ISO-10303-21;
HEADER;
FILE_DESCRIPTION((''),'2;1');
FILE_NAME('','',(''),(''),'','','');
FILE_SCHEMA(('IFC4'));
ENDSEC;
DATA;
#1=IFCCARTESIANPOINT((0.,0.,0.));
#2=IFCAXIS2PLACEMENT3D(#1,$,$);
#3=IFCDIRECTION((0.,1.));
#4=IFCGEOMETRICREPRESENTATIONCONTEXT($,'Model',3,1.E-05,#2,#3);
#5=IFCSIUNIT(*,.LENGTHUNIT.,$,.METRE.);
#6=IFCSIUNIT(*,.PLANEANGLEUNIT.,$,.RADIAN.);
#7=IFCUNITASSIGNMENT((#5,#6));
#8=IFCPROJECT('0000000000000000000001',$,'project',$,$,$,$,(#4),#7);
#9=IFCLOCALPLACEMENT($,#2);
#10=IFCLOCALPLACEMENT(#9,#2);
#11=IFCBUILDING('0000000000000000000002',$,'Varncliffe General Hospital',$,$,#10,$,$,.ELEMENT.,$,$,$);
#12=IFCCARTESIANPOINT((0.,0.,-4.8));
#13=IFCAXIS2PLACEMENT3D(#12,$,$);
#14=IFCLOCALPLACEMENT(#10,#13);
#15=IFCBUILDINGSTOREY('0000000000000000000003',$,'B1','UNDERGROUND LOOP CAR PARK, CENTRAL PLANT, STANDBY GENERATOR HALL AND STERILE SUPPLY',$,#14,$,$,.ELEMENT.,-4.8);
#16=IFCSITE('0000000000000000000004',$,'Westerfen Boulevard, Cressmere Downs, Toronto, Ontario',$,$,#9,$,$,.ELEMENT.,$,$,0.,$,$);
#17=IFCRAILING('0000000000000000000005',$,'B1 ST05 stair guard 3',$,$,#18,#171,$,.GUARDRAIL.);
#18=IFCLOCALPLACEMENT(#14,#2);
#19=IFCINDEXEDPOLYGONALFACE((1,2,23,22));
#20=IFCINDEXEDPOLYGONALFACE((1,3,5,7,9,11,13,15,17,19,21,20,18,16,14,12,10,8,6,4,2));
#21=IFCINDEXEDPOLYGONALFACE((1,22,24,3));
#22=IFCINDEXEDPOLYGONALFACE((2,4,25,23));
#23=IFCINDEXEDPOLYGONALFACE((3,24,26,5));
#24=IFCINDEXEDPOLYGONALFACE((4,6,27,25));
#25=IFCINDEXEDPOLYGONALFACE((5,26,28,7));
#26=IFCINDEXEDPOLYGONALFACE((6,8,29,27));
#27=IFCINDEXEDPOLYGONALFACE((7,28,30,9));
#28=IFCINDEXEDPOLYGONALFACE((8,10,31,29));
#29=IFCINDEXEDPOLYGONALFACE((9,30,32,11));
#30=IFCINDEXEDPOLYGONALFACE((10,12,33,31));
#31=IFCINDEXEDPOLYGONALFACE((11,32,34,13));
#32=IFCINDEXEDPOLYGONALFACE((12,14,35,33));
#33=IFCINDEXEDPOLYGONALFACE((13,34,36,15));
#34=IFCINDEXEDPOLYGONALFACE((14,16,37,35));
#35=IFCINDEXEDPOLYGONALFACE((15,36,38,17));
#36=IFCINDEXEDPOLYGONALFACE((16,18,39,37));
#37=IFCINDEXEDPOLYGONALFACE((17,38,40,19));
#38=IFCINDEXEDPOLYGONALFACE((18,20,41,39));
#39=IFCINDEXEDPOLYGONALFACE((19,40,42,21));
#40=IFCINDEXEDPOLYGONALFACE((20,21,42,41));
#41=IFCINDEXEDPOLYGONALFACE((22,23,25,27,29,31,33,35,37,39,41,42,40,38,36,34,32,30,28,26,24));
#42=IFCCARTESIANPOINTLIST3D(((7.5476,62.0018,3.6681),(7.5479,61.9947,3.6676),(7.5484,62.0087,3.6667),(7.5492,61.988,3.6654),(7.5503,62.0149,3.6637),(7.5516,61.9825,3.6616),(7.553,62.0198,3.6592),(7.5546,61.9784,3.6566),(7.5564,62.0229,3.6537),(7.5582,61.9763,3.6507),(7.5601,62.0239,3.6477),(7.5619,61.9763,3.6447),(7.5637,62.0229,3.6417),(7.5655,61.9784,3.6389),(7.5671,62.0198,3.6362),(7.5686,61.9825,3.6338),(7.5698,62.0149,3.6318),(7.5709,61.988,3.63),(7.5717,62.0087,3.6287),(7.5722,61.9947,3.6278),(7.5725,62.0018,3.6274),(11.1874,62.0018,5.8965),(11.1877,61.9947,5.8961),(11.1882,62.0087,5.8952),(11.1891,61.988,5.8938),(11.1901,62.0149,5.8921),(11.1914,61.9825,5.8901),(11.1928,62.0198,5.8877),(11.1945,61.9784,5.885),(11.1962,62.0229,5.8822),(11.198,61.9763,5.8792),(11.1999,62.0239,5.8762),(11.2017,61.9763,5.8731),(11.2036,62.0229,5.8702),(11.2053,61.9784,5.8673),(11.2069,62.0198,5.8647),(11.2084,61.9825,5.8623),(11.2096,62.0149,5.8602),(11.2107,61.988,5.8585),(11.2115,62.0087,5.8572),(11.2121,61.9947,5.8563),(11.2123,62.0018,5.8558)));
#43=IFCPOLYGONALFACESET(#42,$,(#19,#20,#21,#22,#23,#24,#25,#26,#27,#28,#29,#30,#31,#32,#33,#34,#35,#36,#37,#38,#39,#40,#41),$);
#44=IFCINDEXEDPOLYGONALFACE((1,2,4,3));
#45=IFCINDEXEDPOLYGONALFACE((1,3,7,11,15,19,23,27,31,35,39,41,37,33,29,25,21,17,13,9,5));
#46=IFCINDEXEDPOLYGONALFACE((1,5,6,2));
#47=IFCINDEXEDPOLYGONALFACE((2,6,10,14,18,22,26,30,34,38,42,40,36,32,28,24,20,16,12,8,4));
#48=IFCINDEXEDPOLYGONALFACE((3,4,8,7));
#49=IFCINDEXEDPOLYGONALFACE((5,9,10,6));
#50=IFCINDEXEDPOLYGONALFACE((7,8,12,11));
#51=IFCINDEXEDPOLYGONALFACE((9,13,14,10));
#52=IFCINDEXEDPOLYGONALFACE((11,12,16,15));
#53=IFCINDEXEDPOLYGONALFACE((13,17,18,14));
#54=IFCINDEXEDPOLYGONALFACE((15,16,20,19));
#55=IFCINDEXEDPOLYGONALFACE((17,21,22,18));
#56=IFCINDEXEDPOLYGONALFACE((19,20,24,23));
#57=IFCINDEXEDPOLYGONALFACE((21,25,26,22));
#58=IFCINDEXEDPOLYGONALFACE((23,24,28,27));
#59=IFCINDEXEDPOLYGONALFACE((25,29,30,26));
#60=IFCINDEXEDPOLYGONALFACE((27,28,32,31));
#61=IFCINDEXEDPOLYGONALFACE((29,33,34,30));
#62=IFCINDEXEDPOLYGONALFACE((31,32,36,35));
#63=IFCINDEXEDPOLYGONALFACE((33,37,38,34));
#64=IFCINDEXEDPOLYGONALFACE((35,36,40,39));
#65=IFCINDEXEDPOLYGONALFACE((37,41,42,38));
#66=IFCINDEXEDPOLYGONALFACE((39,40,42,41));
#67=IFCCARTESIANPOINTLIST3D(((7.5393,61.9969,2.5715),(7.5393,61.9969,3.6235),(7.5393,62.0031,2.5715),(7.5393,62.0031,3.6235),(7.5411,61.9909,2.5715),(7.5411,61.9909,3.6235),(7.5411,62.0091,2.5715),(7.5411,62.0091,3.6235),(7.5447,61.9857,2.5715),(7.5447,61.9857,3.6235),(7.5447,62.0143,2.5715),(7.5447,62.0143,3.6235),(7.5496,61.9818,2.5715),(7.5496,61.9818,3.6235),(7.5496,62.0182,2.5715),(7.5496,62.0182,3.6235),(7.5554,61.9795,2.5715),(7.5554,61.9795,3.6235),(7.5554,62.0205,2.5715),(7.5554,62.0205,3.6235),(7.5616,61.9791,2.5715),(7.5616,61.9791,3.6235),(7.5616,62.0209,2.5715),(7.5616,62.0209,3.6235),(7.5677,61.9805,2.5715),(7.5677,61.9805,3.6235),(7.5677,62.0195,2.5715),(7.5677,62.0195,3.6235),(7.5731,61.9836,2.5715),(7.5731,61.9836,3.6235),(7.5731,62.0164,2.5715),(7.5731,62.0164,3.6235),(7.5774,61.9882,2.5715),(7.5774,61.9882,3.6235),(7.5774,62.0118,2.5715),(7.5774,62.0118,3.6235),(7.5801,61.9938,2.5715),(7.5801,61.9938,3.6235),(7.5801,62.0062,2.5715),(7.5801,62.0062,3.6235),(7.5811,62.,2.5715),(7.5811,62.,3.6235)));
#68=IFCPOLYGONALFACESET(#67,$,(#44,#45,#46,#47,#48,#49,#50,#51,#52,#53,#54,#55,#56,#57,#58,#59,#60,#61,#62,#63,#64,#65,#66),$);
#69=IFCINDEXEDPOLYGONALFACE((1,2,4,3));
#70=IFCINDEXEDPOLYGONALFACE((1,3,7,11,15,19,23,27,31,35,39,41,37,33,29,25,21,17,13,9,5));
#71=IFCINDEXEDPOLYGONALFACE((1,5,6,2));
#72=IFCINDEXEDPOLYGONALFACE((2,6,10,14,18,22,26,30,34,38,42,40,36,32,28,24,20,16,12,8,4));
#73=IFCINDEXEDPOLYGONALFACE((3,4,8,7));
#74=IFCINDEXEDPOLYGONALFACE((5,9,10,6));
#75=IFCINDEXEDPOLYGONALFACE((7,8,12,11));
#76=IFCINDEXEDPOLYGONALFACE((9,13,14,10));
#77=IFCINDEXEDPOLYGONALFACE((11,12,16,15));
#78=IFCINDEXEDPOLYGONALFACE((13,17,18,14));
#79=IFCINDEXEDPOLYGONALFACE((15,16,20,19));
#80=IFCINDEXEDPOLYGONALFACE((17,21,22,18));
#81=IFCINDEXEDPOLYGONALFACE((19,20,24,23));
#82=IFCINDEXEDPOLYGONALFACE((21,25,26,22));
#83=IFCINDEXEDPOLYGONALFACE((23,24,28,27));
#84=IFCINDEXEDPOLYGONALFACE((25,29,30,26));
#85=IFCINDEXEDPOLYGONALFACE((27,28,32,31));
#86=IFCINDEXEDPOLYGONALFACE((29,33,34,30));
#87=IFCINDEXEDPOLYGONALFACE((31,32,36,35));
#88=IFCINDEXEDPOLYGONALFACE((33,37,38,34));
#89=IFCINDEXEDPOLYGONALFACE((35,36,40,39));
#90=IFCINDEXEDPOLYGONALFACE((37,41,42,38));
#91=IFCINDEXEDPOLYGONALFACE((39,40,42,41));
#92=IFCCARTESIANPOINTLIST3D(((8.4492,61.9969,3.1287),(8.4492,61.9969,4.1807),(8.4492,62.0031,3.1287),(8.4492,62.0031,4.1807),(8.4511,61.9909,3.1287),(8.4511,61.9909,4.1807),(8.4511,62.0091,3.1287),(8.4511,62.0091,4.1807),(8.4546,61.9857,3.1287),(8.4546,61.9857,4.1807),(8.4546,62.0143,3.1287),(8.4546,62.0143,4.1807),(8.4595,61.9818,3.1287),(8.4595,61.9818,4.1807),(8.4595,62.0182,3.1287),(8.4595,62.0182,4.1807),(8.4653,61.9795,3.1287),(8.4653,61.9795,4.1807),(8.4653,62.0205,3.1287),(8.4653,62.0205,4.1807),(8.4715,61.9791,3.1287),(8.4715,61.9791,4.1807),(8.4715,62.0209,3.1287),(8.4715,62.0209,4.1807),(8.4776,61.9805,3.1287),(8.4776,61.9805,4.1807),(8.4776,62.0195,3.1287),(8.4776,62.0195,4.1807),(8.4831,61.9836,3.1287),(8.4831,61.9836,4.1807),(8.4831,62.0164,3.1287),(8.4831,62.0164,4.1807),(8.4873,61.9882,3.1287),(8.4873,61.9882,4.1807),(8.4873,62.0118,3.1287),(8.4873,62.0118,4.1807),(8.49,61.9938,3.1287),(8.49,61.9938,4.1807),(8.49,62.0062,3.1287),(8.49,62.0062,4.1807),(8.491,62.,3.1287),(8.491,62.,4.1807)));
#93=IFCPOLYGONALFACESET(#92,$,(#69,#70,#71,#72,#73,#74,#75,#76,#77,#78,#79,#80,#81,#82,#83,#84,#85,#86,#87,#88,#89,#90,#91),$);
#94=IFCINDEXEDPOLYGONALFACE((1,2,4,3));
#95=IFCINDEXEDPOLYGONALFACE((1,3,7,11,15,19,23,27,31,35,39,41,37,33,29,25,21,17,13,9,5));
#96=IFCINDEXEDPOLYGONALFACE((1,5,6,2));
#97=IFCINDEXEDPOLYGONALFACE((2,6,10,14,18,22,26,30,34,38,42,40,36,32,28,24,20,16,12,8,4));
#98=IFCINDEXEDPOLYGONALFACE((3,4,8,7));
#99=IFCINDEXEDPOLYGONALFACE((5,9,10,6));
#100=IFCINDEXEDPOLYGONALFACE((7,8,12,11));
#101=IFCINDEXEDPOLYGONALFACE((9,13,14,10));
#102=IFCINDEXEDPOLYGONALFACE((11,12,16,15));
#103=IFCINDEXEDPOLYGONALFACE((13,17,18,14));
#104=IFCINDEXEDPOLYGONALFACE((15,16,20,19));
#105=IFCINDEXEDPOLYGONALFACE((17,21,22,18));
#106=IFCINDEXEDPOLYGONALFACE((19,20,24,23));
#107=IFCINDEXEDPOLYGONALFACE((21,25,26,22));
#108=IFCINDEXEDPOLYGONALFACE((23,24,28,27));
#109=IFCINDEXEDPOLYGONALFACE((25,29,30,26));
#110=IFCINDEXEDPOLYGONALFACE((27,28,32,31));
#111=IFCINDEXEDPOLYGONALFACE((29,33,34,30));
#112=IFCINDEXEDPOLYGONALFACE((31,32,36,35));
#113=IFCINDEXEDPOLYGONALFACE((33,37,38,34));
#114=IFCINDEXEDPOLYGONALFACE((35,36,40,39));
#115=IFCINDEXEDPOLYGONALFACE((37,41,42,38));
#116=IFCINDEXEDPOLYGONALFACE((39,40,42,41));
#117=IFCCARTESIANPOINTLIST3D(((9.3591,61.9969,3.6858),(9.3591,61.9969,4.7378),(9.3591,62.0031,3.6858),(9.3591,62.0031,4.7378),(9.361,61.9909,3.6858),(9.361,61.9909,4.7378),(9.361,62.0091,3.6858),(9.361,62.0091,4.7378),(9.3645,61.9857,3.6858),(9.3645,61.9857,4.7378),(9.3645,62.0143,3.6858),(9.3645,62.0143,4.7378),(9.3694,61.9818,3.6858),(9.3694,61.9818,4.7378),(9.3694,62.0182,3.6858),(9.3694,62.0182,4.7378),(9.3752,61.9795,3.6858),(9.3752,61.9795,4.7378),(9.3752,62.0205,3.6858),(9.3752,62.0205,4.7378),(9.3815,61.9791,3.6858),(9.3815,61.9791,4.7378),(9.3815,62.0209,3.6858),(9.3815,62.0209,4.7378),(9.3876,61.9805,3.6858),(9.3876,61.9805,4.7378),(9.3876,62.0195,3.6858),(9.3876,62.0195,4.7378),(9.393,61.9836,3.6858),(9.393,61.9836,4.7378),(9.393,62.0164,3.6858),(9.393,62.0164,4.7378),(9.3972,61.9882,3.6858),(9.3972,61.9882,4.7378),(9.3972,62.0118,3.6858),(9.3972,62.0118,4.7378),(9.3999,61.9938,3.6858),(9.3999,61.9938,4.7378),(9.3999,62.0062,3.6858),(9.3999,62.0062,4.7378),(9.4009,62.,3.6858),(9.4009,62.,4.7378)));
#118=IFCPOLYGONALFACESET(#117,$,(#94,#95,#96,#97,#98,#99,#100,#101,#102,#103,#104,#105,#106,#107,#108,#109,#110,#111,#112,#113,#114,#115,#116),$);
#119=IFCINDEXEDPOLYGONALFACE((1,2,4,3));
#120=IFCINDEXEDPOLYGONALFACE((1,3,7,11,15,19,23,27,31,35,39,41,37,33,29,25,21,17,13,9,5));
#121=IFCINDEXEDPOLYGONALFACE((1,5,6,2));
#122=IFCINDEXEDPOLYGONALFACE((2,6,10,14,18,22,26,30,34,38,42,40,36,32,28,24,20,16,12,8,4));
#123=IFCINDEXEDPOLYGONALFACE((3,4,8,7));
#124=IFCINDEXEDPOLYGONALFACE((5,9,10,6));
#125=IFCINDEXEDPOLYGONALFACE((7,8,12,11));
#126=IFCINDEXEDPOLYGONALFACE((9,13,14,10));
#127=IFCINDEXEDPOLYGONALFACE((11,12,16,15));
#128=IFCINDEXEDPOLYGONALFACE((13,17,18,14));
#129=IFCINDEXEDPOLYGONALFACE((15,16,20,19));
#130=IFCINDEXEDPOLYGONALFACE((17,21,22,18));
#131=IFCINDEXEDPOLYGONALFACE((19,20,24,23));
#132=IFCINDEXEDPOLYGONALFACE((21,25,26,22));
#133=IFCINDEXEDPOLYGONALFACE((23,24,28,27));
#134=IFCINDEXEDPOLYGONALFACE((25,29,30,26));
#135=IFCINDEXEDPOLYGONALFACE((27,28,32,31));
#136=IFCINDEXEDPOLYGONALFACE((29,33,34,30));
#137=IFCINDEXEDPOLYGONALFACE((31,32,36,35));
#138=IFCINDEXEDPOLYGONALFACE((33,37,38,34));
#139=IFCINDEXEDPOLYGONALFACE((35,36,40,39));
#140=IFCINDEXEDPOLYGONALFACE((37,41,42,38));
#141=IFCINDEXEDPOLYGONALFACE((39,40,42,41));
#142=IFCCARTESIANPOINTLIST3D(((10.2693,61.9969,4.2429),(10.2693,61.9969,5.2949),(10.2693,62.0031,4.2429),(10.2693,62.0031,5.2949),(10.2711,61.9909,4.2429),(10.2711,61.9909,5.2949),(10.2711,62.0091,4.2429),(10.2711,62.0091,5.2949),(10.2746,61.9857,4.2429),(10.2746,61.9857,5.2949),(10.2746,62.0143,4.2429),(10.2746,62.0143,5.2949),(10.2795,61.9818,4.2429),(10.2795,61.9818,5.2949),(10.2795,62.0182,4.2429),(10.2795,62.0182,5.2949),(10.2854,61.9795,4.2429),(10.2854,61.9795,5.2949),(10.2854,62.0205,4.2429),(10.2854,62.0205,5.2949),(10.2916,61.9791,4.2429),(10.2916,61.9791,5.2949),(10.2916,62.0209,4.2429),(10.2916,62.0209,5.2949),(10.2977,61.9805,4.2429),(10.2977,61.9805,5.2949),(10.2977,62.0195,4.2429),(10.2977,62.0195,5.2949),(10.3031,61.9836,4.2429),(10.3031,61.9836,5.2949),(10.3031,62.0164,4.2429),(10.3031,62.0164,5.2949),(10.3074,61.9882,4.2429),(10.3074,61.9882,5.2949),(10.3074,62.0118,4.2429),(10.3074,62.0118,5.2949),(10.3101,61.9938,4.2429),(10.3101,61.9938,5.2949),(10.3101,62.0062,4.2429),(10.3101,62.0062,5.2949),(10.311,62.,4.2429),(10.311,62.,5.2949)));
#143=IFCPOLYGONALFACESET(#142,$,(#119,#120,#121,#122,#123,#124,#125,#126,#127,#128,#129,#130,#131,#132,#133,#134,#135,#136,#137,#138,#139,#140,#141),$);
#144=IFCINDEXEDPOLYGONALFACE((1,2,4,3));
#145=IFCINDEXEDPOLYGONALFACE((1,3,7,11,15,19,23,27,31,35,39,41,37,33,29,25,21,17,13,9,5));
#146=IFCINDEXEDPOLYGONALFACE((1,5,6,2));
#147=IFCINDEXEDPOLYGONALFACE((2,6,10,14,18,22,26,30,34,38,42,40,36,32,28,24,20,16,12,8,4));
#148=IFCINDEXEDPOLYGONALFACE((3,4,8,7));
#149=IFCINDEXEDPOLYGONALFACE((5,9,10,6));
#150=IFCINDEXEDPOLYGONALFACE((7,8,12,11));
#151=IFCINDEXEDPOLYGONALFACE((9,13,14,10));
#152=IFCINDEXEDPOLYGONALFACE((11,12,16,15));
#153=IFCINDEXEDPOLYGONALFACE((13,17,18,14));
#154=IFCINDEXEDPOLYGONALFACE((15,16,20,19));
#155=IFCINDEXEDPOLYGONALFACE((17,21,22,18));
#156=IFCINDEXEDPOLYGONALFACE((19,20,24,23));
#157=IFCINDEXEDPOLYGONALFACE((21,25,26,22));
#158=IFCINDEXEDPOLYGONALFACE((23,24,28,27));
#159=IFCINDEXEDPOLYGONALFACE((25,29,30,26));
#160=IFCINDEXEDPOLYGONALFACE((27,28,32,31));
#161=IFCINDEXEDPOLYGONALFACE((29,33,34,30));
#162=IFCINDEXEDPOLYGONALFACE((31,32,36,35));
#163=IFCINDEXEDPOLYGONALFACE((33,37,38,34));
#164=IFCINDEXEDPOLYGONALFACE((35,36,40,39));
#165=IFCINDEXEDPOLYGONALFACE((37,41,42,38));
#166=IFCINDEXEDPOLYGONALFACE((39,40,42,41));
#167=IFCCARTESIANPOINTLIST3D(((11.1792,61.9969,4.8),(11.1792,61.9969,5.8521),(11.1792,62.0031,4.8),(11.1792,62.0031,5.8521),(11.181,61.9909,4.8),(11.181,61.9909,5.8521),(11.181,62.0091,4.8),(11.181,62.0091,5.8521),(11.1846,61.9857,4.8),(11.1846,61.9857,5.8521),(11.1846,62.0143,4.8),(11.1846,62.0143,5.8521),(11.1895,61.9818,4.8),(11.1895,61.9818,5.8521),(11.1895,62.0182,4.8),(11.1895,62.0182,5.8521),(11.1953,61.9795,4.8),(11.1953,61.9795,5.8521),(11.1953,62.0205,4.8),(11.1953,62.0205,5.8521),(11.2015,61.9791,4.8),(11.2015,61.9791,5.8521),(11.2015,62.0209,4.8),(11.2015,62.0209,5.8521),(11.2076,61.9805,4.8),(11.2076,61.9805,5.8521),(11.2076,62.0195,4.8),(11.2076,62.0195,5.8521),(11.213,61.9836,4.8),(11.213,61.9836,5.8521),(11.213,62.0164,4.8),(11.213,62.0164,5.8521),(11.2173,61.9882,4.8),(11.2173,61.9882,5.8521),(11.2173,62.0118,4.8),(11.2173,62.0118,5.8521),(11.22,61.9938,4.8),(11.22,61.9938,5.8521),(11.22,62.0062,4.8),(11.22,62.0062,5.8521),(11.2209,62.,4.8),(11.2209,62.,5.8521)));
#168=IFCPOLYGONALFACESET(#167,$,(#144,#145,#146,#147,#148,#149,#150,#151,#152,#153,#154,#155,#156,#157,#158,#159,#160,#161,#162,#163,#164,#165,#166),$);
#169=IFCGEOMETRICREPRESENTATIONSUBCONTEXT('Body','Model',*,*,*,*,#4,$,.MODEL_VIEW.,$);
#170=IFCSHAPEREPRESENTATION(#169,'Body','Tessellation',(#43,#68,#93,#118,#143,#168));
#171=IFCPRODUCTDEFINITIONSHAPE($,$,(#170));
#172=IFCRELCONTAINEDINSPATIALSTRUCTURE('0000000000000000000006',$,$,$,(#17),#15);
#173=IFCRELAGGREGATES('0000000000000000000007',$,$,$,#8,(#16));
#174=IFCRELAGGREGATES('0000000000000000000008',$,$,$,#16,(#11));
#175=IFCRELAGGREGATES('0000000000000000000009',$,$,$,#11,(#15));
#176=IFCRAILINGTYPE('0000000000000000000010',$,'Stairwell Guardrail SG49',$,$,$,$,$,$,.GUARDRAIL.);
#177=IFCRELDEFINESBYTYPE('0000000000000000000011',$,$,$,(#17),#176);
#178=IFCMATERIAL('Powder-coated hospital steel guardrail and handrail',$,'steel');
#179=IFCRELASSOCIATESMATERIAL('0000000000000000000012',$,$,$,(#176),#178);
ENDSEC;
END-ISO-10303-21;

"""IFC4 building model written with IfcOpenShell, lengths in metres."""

from ifc_helpers import new_model, si_unit, direction, frame, origin, origin_2d, place, context, subcontext, project, spatial, circle, extrude, material, type_object, element, save


model = new_model("IFC4")

# Units and contexts
model_context = context("Model", 3, precision=1e-05, world=origin(), true_north=direction((0.0, 1.0)))
body_context = subcontext(model_context, "Body", "Model", "MODEL_VIEW")
ifc_project = project(units=[si_unit("LENGTHUNIT", "METRE"), si_unit("PLANEANGLEUNIT", "RADIAN")], contexts=[model_context])

# Site, building, storey
site_placement = place(None, origin())
site = spatial("IfcSite", under=ifc_project, at=site_placement, Name="Westerfen Boulevard, Cressmere Downs, Toronto, Ontario", CompositionType="ELEMENT", RefElevation=0.0)
building_placement = place(site_placement, origin())
building = spatial("IfcBuilding", under=site, at=building_placement, Name="Varncliffe General Hospital", CompositionType="ELEMENT")
storey_placement = place(building_placement, frame((0.0, 0.0, -4.8)))
storey = spatial("IfcBuildingStorey", under=building, at=storey_placement, Name="B1", Description="UNDERGROUND LOOP CAR PARK, CENTRAL PLANT, STANDBY GENERATOR HALL AND STERILE SUPPLY", CompositionType="ELEMENT", Elevation=-4.8)

# Railing
ifc_material_1 = material(Name="Powder-coated hospital steel guardrail and handrail", Category="steel")
railing_type_1 = type_object("IfcRailingType", Name="Stairwell Guardrail SG49", PredefinedType="GUARDRAIL", material=ifc_material_1)
railing_1_placement = place(storey_placement, frame((7.5601, 62.0, 2.5715)))
element("IfcRailing", 1, at=railing_1_placement, inside=storey, type_object=railing_type_1, Name="B1 ST05 stair guard 3", PredefinedType="GUARDRAIL", context=body_context, shape_type="SweptSolid", body=[
    extrude(circle(Radius=0.0239, at=origin_2d()), frame((0.0, 0.0, 1.0762), z_axis=(0.85285, 0.0, 0.522156), x_axis=(0.0, 1.0, 0.0)), (0.0, 0.0, 1.0), 4.2678),
    extrude(circle(Radius=0.021, at=origin_2d()), origin(), (0.0, 0.0, 1.0), 1.052),
    extrude(circle(Radius=0.021, at=origin_2d()), frame((0.9099, 0.0, 0.5571)), (0.0, 0.0, 1.0), 1.052),
    extrude(circle(Radius=0.021, at=origin_2d()), frame((1.8198, 0.0, 1.1143)), (0.0, 0.0, 1.0), 1.052),
    extrude(circle(Radius=0.021, at=origin_2d()), frame((2.73, 0.0, 1.6714)), (0.0, 0.0, 1.0), 1.052),
    extrude(circle(Radius=0.021, at=origin_2d()), frame((3.6399, 0.0, 2.2285)), (0.0, 0.0, 1.0), 1.052),
])

save(model, "model.ifc")
